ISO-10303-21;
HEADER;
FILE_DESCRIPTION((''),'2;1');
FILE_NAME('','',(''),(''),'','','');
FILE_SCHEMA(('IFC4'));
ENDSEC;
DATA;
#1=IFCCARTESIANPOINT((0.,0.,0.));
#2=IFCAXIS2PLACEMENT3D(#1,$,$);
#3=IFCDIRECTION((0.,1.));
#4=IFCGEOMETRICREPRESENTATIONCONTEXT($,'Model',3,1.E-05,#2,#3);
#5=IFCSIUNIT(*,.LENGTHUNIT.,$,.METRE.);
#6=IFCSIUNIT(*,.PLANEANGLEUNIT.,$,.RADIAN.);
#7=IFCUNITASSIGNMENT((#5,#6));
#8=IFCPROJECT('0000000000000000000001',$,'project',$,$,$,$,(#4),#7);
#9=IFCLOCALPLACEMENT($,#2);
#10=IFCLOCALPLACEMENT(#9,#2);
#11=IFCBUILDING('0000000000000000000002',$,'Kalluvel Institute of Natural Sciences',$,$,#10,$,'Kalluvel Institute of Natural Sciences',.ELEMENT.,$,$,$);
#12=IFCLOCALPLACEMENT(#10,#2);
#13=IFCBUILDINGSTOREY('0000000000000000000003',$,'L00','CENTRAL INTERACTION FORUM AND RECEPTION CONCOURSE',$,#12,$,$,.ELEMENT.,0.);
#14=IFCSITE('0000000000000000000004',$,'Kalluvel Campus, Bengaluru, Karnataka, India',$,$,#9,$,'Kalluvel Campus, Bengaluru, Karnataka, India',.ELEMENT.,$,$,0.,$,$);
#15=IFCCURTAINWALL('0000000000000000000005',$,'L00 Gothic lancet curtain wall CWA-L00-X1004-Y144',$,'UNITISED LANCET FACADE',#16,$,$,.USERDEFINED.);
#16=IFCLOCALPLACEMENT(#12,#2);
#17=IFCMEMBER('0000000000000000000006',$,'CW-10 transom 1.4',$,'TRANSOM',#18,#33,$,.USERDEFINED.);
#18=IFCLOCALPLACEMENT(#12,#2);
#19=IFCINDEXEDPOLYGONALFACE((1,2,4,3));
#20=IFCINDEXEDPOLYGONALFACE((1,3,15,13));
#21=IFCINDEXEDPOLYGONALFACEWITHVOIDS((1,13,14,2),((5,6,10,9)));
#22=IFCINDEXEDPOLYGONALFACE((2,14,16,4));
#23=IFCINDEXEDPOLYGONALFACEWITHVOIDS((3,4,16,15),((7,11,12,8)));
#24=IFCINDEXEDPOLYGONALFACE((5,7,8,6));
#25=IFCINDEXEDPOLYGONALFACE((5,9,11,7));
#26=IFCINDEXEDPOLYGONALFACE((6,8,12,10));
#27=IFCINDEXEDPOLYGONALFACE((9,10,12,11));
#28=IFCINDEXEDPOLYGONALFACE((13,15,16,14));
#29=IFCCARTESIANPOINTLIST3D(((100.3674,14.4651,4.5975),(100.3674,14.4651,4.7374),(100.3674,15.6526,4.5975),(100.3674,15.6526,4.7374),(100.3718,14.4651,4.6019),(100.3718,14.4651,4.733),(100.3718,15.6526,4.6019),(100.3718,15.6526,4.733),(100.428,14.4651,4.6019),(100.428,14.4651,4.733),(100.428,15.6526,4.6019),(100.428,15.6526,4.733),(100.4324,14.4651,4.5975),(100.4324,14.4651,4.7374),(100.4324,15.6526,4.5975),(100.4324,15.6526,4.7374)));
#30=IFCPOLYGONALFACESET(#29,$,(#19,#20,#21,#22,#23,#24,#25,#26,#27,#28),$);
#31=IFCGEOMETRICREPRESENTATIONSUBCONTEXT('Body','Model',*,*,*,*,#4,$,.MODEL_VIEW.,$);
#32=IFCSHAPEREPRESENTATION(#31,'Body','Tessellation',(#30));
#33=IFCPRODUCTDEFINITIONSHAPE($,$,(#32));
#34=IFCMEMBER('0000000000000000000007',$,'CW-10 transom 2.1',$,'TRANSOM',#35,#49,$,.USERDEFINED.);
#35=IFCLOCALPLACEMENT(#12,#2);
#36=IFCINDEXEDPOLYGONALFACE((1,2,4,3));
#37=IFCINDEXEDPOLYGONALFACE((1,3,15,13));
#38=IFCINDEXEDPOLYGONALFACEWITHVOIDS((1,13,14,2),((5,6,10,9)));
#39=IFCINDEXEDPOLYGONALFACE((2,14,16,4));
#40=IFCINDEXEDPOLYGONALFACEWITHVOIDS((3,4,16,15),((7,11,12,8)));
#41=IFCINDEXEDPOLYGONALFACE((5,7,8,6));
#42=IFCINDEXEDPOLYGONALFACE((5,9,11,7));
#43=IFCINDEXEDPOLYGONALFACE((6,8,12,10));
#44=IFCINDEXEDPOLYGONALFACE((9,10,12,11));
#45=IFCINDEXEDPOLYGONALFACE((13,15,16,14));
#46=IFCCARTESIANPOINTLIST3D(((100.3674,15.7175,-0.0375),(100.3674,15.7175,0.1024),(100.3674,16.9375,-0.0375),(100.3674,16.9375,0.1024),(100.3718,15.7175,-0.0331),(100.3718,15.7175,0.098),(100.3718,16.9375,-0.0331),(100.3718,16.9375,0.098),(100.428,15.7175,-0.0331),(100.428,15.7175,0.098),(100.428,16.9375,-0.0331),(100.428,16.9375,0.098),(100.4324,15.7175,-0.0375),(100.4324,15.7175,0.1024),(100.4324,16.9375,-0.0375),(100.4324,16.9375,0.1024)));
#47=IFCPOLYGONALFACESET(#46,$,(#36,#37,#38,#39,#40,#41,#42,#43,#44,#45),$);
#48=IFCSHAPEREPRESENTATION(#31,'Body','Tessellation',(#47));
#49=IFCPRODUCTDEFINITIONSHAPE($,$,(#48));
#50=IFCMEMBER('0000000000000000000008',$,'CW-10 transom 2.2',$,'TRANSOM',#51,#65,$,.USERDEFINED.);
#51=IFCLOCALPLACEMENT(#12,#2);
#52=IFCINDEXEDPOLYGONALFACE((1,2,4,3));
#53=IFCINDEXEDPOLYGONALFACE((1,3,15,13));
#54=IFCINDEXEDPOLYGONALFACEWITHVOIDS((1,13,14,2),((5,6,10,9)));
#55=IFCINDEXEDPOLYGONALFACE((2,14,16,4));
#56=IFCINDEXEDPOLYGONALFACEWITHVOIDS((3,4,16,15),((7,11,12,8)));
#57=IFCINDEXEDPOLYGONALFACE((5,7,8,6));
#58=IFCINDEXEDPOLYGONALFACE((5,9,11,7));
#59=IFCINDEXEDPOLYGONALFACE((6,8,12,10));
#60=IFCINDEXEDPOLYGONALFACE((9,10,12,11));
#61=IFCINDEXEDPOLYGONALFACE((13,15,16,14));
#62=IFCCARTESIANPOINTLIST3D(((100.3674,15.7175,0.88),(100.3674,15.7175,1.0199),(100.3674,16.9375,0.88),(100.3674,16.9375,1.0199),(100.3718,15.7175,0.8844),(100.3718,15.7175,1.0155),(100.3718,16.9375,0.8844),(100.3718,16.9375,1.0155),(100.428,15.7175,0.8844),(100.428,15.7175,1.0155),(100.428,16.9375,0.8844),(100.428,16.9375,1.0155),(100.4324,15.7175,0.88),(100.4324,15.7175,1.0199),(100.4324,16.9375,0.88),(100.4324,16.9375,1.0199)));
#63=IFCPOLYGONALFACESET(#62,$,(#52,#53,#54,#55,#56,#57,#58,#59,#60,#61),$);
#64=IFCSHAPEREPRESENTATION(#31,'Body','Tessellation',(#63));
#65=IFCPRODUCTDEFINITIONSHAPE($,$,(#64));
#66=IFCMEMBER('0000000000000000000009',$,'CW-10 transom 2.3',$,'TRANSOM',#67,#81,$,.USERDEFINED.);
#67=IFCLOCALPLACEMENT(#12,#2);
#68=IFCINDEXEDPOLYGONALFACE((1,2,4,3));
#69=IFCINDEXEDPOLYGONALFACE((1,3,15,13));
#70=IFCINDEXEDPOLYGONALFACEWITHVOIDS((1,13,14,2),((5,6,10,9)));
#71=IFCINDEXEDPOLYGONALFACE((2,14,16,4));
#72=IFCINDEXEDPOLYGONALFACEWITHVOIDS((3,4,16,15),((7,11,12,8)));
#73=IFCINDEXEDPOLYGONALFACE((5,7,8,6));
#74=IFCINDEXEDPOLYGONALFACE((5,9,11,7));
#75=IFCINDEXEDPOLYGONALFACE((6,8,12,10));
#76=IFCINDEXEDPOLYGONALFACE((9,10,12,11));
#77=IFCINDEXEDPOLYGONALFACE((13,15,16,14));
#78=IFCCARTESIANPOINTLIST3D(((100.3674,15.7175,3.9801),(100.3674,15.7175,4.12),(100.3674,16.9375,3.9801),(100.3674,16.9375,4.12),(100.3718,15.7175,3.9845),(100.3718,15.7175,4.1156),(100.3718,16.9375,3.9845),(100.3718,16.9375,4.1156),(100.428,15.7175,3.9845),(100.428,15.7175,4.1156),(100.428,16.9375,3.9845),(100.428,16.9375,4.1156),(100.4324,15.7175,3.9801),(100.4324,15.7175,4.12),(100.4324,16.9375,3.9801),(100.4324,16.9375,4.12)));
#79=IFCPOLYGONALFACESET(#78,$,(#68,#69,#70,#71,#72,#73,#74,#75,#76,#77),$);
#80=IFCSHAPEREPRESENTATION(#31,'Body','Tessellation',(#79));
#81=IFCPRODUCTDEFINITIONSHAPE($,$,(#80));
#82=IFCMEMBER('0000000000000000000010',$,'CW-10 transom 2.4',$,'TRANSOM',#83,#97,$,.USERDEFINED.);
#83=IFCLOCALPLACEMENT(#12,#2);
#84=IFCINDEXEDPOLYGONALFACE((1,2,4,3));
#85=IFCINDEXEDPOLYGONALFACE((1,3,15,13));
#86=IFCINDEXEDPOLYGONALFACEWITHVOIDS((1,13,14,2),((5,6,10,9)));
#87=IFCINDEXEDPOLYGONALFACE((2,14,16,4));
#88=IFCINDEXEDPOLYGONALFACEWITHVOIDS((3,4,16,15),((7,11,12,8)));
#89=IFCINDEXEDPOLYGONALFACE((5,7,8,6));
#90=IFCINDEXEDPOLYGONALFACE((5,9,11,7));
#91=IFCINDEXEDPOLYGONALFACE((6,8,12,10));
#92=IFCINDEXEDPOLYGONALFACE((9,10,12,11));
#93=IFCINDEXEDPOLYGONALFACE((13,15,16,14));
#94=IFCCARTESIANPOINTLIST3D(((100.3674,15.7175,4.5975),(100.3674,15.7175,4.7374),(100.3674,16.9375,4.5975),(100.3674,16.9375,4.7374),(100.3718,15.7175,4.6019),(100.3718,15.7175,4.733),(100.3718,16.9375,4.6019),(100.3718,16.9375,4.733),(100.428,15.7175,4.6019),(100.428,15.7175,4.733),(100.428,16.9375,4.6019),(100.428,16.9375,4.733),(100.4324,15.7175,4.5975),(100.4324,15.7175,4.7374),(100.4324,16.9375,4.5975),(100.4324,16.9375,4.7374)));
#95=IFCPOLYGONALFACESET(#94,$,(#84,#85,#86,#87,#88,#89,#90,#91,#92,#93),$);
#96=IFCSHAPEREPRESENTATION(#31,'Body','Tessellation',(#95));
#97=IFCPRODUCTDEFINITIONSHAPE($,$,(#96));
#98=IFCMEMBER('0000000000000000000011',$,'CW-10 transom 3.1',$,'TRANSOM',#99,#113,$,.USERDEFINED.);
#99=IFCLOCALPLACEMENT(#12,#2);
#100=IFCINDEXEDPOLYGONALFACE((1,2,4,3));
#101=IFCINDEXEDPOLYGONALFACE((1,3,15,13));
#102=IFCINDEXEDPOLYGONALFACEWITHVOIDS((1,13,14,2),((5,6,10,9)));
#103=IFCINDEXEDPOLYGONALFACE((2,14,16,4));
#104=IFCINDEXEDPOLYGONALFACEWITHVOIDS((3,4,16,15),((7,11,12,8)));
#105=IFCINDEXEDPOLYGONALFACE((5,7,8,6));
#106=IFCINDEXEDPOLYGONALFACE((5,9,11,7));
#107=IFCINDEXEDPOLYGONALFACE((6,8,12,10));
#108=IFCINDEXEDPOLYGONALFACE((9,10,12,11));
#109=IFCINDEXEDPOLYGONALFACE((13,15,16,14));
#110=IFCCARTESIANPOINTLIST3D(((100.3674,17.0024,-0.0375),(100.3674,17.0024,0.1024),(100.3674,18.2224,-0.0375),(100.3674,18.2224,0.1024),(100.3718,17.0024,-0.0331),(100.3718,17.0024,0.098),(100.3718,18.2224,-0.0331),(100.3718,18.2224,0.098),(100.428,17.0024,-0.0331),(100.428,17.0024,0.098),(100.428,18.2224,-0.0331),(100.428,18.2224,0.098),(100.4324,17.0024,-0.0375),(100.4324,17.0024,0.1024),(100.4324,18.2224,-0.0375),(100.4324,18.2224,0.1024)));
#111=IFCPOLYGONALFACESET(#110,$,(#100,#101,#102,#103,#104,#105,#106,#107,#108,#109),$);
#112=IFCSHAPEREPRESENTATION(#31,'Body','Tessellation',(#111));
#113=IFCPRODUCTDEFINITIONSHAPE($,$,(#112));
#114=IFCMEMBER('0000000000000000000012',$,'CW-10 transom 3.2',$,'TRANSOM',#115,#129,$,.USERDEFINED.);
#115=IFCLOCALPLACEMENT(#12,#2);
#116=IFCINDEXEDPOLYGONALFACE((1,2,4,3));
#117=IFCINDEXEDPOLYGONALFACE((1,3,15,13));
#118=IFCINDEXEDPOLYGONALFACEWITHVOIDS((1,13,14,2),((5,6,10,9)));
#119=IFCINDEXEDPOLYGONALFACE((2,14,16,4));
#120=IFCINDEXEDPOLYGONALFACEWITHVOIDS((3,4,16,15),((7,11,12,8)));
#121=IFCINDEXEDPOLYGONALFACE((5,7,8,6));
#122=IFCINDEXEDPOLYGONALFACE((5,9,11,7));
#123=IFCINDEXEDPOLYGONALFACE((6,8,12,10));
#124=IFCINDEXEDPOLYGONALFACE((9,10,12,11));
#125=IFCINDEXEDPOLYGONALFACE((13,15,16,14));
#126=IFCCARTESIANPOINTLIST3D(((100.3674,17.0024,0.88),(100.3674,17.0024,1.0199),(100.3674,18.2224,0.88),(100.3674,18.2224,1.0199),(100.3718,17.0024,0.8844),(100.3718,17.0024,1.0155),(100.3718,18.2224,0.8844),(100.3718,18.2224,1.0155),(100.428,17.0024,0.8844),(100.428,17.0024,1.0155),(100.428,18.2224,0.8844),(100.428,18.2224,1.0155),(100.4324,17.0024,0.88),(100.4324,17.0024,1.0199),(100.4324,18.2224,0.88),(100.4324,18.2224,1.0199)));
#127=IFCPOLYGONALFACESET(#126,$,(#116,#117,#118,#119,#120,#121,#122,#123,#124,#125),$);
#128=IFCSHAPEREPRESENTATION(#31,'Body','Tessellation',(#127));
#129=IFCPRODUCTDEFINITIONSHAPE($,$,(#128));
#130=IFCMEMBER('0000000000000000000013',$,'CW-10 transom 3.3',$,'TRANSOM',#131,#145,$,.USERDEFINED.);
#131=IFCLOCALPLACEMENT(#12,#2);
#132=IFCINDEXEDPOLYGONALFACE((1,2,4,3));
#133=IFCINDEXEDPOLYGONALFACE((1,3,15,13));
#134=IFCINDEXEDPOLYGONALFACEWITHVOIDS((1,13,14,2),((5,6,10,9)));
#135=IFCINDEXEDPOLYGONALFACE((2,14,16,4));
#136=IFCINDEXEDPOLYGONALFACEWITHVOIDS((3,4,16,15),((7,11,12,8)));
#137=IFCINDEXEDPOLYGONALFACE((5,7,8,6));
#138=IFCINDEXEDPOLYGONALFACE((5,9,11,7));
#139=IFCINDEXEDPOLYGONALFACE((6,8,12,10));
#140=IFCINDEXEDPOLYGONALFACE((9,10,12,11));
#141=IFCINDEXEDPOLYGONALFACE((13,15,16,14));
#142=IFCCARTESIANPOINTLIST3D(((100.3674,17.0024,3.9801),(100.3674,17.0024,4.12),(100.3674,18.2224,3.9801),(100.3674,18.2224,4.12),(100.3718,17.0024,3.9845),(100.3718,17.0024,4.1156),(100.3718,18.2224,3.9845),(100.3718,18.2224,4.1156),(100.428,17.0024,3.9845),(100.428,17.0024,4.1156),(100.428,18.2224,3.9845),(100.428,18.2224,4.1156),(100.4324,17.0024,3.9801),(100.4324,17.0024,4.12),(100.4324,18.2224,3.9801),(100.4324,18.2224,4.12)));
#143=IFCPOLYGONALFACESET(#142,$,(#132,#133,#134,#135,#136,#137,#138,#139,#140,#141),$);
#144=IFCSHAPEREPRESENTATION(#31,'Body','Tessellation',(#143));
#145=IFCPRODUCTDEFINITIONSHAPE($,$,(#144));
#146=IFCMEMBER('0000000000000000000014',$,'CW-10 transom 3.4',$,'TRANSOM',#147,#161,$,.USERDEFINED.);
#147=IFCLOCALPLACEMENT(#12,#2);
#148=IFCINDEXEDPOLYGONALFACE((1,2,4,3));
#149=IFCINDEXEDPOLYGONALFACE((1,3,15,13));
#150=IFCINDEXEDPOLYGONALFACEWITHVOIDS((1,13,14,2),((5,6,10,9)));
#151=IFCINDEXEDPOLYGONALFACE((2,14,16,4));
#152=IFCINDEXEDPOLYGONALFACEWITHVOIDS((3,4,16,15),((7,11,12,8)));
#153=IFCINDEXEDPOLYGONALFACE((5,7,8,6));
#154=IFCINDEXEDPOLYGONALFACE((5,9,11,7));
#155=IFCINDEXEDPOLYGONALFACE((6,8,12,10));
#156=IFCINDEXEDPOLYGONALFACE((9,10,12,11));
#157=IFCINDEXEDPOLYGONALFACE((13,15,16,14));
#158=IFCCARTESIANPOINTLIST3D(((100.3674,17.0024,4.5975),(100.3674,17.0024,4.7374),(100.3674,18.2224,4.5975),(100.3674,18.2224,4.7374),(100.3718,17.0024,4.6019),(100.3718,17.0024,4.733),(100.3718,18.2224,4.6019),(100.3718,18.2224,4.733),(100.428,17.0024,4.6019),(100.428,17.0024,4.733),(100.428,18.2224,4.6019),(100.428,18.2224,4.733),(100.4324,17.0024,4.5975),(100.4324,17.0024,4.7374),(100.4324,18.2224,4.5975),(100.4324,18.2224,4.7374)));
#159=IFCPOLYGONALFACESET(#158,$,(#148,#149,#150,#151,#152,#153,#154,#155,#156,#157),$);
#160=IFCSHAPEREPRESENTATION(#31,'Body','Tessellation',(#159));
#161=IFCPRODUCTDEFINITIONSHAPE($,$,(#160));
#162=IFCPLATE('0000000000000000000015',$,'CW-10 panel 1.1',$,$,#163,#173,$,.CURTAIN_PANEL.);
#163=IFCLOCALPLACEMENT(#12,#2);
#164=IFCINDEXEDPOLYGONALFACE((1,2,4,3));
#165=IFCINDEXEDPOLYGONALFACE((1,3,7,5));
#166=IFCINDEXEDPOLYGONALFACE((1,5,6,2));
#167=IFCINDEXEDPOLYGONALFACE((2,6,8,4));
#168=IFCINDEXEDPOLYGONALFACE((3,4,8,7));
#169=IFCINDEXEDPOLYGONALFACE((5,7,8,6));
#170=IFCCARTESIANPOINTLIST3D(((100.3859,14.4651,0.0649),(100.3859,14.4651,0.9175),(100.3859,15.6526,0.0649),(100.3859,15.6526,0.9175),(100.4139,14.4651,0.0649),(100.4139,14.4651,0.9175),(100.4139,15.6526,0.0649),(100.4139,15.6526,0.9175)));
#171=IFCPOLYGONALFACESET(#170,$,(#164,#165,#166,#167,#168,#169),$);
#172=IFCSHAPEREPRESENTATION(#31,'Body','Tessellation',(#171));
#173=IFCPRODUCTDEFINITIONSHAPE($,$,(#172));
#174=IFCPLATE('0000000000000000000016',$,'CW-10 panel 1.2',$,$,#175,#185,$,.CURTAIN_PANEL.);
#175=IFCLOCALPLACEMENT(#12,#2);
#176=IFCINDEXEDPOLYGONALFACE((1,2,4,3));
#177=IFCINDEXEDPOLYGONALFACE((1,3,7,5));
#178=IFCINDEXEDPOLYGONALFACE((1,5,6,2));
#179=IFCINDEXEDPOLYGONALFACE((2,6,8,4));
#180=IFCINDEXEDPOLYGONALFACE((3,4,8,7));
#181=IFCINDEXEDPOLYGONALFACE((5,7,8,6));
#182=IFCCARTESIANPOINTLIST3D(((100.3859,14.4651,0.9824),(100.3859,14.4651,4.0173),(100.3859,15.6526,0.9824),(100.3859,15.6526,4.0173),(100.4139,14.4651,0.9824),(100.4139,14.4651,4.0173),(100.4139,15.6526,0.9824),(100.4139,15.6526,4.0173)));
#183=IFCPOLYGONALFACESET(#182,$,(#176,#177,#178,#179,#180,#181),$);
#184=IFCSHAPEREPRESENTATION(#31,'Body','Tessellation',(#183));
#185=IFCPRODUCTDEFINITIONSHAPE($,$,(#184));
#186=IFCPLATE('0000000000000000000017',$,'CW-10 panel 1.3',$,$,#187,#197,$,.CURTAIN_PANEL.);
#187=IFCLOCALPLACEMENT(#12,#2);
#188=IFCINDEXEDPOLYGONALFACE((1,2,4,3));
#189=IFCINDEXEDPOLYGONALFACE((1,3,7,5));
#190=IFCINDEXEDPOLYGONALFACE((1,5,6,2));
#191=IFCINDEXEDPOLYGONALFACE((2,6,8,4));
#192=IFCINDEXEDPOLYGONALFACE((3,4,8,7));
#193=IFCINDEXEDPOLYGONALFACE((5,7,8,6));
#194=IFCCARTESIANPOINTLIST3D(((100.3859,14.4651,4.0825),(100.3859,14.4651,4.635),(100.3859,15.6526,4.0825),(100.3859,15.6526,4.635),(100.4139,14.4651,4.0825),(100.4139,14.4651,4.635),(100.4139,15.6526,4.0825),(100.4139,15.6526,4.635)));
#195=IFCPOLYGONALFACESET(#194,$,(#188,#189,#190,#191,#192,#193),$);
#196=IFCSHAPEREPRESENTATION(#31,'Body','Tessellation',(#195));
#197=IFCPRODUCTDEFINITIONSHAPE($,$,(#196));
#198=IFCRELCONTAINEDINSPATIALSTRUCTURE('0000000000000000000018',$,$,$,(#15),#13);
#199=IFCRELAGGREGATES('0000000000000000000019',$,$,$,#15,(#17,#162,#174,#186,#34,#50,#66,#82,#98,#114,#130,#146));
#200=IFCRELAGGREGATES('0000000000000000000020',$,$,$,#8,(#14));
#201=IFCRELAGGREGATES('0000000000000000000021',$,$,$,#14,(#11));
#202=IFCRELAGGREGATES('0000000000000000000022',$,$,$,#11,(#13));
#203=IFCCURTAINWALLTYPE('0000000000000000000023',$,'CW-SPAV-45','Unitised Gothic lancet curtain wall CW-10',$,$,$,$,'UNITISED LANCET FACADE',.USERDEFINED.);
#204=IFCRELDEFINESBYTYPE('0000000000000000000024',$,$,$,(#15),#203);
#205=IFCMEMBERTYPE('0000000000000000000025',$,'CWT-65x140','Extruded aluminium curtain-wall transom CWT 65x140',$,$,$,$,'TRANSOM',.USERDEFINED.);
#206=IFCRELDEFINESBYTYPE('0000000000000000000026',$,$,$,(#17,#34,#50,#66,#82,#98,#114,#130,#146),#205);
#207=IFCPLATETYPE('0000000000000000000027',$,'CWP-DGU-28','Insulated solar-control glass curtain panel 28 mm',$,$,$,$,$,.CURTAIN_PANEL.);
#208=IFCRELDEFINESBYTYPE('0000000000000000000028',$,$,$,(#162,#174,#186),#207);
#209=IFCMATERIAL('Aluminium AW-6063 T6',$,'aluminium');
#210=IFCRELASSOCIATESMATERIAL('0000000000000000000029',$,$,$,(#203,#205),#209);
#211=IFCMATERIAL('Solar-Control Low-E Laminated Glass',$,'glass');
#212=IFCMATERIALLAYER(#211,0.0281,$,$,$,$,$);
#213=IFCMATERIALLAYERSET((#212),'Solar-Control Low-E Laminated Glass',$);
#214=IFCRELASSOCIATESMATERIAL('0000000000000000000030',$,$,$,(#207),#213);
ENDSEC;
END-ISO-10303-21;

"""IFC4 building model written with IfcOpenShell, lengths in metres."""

from ifc_helpers import new_model, si_unit, direction, frame, origin, origin_2d, place, context, subcontext, project, spatial, rectangle, hollow_rectangle, extrude, material, layer, layer_set, material_profile, profile_set, type_object, element, aggregate, save


model = new_model("IFC4")

# Units and contexts
model_context = context("Model", 3, precision=1e-05, world=origin(), true_north=direction((0.0, 1.0)))
body_context = subcontext(model_context, "Body", "Model", "MODEL_VIEW")
ifc_project = project(units=[si_unit("LENGTHUNIT", "METRE"), si_unit("PLANEANGLEUNIT", "RADIAN")], contexts=[model_context])

# Site, building, storey
site_placement = place(None, origin())
site = spatial("IfcSite", under=ifc_project, at=site_placement, Name="Kalluvel Campus, Bengaluru, Karnataka, India", LongName="Kalluvel Campus, Bengaluru, Karnataka, India", CompositionType="ELEMENT", RefElevation=0.0)
building_placement = place(site_placement, origin())
building = spatial("IfcBuilding", under=site, at=building_placement, Name="Kalluvel Institute of Natural Sciences", LongName="Kalluvel Institute of Natural Sciences", CompositionType="ELEMENT")
storey_placement = place(building_placement, origin())
storey = spatial("IfcBuildingStorey", under=building, at=storey_placement, Name="L00", Description="CENTRAL INTERACTION FORUM AND RECEPTION CONCOURSE", CompositionType="ELEMENT", Elevation=0.0)

# Curtain wall, members, plates
ifc_material_1 = material(Name="Aluminium AW-6063 T6", Category="aluminium")
curtain_wall_type = type_object("IfcCurtainWallType", Name="CW-SPAV-45", Description="Unitised Gothic lancet curtain wall CW-10", ElementType="UNITISED LANCET FACADE", PredefinedType="USERDEFINED", material=ifc_material_1)
curtain_wall_placement = place(storey_placement, origin())
curtain_wall = element("IfcCurtainWall", 1, at=curtain_wall_placement, inside=storey, type_object=curtain_wall_type, Name="L00 Gothic lancet curtain wall CWA-L00-X1004-Y144", ObjectType="UNITISED LANCET FACADE", PredefinedType="USERDEFINED")
ifc_material_profile_1 = material_profile(ifc_material_1, hollow_rectangle(XDim=0.0649, YDim=0.1399, WallThickness=0.0044, at=origin_2d()), Name="CWT 65x140")
ifc_profile_set_1 = profile_set([ifc_material_profile_1], Name="Aluminium AW-6063 T6")
member_type_1 = type_object("IfcMemberType", Name="CWT-65x140", Description="Extruded aluminium curtain-wall transom CWT 65x140", ElementType="TRANSOM", PredefinedType="USERDEFINED", material=ifc_profile_set_1)
member_1_placement = place(storey_placement, frame((100.3999, 14.4651, 4.6675), z_axis=(0.0, 1.0, 0.0), x_axis=(-1.0, 0.0, 0.0)))
member_1 = element("IfcMember", 2, at=member_1_placement, type_object=member_type_1, Name="CW-10 transom 1.4", ObjectType="TRANSOM", PredefinedType="USERDEFINED", context=body_context, shape_type="SweptSolid", body=[
    extrude(hollow_rectangle(XDim=0.0649, YDim=0.1399, WallThickness=0.0044, at=origin_2d()), origin(), (0.0, 0.0, 1.0), 1.1875),
])
member_2_placement = place(storey_placement, frame((100.3999, 15.7175, 0.0325), z_axis=(0.0, 1.0, 0.0), x_axis=(-1.0, 0.0, 0.0)))
member_2 = element("IfcMember", 3, at=member_2_placement, type_object=member_type_1, Name="CW-10 transom 2.1", ObjectType="TRANSOM", PredefinedType="USERDEFINED", context=body_context, shape_type="SweptSolid", body=[
    extrude(hollow_rectangle(XDim=0.0649, YDim=0.1399, WallThickness=0.0044, at=origin_2d()), origin(), (0.0, 0.0, 1.0), 1.22),
])
member_3_placement = place(storey_placement, frame((100.3999, 15.7175, 0.95), z_axis=(0.0, 1.0, 0.0), x_axis=(-1.0, 0.0, 0.0)))
member_3 = element("IfcMember", 4, at=member_3_placement, type_object=member_type_1, Name="CW-10 transom 2.2", ObjectType="TRANSOM", PredefinedType="USERDEFINED", context=body_context, shape_type="SweptSolid", body=[
    extrude(hollow_rectangle(XDim=0.0649, YDim=0.1399, WallThickness=0.0044, at=origin_2d()), origin(), (0.0, 0.0, 1.0), 1.22),
])
member_4_placement = place(storey_placement, frame((100.3999, 15.7175, 4.05), z_axis=(0.0, 1.0, 0.0), x_axis=(-1.0, 0.0, 0.0)))
member_4 = element("IfcMember", 5, at=member_4_placement, type_object=member_type_1, Name="CW-10 transom 2.3", ObjectType="TRANSOM", PredefinedType="USERDEFINED", context=body_context, shape_type="SweptSolid", body=[
    extrude(hollow_rectangle(XDim=0.0649, YDim=0.1399, WallThickness=0.0044, at=origin_2d()), origin(), (0.0, 0.0, 1.0), 1.22),
])
member_5_placement = place(storey_placement, frame((100.3999, 15.7175, 4.6675), z_axis=(0.0, 1.0, 0.0), x_axis=(-1.0, 0.0, 0.0)))
member_5 = element("IfcMember", 6, at=member_5_placement, type_object=member_type_1, Name="CW-10 transom 2.4", ObjectType="TRANSOM", PredefinedType="USERDEFINED", context=body_context, shape_type="SweptSolid", body=[
    extrude(hollow_rectangle(XDim=0.0649, YDim=0.1399, WallThickness=0.0044, at=origin_2d()), origin(), (0.0, 0.0, 1.0), 1.22),
])
member_6_placement = place(storey_placement, frame((100.3999, 17.0024, 0.0325), z_axis=(0.0, 1.0, 0.0), x_axis=(-1.0, 0.0, 0.0)))
member_6 = element("IfcMember", 7, at=member_6_placement, type_object=member_type_1, Name="CW-10 transom 3.1", ObjectType="TRANSOM", PredefinedType="USERDEFINED", context=body_context, shape_type="SweptSolid", body=[
    extrude(hollow_rectangle(XDim=0.0649, YDim=0.1399, WallThickness=0.0044, at=origin_2d()), origin(), (0.0, 0.0, 1.0), 1.22),
])
member_7_placement = place(storey_placement, frame((100.3999, 17.0024, 0.95), z_axis=(0.0, 1.0, 0.0), x_axis=(-1.0, 0.0, 0.0)))
member_7 = element("IfcMember", 8, at=member_7_placement, type_object=member_type_1, Name="CW-10 transom 3.2", ObjectType="TRANSOM", PredefinedType="USERDEFINED", context=body_context, shape_type="SweptSolid", body=[
    extrude(hollow_rectangle(XDim=0.0649, YDim=0.1399, WallThickness=0.0044, at=origin_2d()), origin(), (0.0, 0.0, 1.0), 1.22),
])
member_8_placement = place(storey_placement, frame((100.3999, 17.0024, 4.05), z_axis=(0.0, 1.0, 0.0), x_axis=(-1.0, 0.0, 0.0)))
member_8 = element("IfcMember", 9, at=member_8_placement, type_object=member_type_1, Name="CW-10 transom 3.3", ObjectType="TRANSOM", PredefinedType="USERDEFINED", context=body_context, shape_type="SweptSolid", body=[
    extrude(hollow_rectangle(XDim=0.0649, YDim=0.1399, WallThickness=0.0044, at=origin_2d()), origin(), (0.0, 0.0, 1.0), 1.22),
])
member_9_placement = place(storey_placement, frame((100.3999, 17.0024, 4.6675), z_axis=(0.0, 1.0, 0.0), x_axis=(-1.0, 0.0, 0.0)))
member_9 = element("IfcMember", 10, at=member_9_placement, type_object=member_type_1, Name="CW-10 transom 3.4", ObjectType="TRANSOM", PredefinedType="USERDEFINED", context=body_context, shape_type="SweptSolid", body=[
    extrude(hollow_rectangle(XDim=0.0649, YDim=0.1399, WallThickness=0.0044, at=origin_2d()), origin(), (0.0, 0.0, 1.0), 1.22),
])
ifc_material_2 = material(Name="Solar-Control Low-E Laminated Glass", Category="glass")
ifc_layer = layer(ifc_material_2, 0.0281)
ifc_layer_set = layer_set([ifc_layer], Name="Solar-Control Low-E Laminated Glass")
plate_type = type_object("IfcPlateType", Name="CWP-DGU-28", Description="Insulated solar-control glass curtain panel 28 mm", PredefinedType="CURTAIN_PANEL", material=ifc_layer_set)
plate_1_placement = place(storey_placement, frame((100.3999, 15.0588, 0.0649), z_axis=(0.0, 0.0, 1.0), x_axis=(0.0, 1.0, 0.0)))
plate_1 = element("IfcPlate", 11, at=plate_1_placement, type_object=plate_type, Name="CW-10 panel 1.1", PredefinedType="CURTAIN_PANEL", context=body_context, shape_type="SweptSolid", body=[
    extrude(rectangle(XDim=1.1875, YDim=0.0281, at=origin_2d()), origin(), (0.0, 0.0, 1.0), 0.8525),
])
plate_2_placement = place(storey_placement, frame((100.3999, 15.0588, 0.9824), z_axis=(0.0, 0.0, 1.0), x_axis=(0.0, 1.0, 0.0)))
plate_2 = element("IfcPlate", 12, at=plate_2_placement, type_object=plate_type, Name="CW-10 panel 1.2", PredefinedType="CURTAIN_PANEL", context=body_context, shape_type="SweptSolid", body=[
    extrude(rectangle(XDim=1.1875, YDim=0.0281, at=origin_2d()), origin(), (0.0, 0.0, 1.0), 3.0349),
])
plate_3_placement = place(storey_placement, frame((100.3999, 15.0588, 4.0825), z_axis=(0.0, 0.0, 1.0), x_axis=(0.0, 1.0, 0.0)))
plate_3 = element("IfcPlate", 13, at=plate_3_placement, type_object=plate_type, Name="CW-10 panel 1.3", PredefinedType="CURTAIN_PANEL", context=body_context, shape_type="SweptSolid", body=[
    extrude(rectangle(XDim=1.1875, YDim=0.0281, at=origin_2d()), origin(), (0.0, 0.0, 1.0), 0.5525),
])
aggregate(curtain_wall, [member_1, plate_1, plate_2, plate_3, member_2, member_3, member_4, member_5, member_6, member_7, member_8, member_9])

save(model, "model.ifc")
